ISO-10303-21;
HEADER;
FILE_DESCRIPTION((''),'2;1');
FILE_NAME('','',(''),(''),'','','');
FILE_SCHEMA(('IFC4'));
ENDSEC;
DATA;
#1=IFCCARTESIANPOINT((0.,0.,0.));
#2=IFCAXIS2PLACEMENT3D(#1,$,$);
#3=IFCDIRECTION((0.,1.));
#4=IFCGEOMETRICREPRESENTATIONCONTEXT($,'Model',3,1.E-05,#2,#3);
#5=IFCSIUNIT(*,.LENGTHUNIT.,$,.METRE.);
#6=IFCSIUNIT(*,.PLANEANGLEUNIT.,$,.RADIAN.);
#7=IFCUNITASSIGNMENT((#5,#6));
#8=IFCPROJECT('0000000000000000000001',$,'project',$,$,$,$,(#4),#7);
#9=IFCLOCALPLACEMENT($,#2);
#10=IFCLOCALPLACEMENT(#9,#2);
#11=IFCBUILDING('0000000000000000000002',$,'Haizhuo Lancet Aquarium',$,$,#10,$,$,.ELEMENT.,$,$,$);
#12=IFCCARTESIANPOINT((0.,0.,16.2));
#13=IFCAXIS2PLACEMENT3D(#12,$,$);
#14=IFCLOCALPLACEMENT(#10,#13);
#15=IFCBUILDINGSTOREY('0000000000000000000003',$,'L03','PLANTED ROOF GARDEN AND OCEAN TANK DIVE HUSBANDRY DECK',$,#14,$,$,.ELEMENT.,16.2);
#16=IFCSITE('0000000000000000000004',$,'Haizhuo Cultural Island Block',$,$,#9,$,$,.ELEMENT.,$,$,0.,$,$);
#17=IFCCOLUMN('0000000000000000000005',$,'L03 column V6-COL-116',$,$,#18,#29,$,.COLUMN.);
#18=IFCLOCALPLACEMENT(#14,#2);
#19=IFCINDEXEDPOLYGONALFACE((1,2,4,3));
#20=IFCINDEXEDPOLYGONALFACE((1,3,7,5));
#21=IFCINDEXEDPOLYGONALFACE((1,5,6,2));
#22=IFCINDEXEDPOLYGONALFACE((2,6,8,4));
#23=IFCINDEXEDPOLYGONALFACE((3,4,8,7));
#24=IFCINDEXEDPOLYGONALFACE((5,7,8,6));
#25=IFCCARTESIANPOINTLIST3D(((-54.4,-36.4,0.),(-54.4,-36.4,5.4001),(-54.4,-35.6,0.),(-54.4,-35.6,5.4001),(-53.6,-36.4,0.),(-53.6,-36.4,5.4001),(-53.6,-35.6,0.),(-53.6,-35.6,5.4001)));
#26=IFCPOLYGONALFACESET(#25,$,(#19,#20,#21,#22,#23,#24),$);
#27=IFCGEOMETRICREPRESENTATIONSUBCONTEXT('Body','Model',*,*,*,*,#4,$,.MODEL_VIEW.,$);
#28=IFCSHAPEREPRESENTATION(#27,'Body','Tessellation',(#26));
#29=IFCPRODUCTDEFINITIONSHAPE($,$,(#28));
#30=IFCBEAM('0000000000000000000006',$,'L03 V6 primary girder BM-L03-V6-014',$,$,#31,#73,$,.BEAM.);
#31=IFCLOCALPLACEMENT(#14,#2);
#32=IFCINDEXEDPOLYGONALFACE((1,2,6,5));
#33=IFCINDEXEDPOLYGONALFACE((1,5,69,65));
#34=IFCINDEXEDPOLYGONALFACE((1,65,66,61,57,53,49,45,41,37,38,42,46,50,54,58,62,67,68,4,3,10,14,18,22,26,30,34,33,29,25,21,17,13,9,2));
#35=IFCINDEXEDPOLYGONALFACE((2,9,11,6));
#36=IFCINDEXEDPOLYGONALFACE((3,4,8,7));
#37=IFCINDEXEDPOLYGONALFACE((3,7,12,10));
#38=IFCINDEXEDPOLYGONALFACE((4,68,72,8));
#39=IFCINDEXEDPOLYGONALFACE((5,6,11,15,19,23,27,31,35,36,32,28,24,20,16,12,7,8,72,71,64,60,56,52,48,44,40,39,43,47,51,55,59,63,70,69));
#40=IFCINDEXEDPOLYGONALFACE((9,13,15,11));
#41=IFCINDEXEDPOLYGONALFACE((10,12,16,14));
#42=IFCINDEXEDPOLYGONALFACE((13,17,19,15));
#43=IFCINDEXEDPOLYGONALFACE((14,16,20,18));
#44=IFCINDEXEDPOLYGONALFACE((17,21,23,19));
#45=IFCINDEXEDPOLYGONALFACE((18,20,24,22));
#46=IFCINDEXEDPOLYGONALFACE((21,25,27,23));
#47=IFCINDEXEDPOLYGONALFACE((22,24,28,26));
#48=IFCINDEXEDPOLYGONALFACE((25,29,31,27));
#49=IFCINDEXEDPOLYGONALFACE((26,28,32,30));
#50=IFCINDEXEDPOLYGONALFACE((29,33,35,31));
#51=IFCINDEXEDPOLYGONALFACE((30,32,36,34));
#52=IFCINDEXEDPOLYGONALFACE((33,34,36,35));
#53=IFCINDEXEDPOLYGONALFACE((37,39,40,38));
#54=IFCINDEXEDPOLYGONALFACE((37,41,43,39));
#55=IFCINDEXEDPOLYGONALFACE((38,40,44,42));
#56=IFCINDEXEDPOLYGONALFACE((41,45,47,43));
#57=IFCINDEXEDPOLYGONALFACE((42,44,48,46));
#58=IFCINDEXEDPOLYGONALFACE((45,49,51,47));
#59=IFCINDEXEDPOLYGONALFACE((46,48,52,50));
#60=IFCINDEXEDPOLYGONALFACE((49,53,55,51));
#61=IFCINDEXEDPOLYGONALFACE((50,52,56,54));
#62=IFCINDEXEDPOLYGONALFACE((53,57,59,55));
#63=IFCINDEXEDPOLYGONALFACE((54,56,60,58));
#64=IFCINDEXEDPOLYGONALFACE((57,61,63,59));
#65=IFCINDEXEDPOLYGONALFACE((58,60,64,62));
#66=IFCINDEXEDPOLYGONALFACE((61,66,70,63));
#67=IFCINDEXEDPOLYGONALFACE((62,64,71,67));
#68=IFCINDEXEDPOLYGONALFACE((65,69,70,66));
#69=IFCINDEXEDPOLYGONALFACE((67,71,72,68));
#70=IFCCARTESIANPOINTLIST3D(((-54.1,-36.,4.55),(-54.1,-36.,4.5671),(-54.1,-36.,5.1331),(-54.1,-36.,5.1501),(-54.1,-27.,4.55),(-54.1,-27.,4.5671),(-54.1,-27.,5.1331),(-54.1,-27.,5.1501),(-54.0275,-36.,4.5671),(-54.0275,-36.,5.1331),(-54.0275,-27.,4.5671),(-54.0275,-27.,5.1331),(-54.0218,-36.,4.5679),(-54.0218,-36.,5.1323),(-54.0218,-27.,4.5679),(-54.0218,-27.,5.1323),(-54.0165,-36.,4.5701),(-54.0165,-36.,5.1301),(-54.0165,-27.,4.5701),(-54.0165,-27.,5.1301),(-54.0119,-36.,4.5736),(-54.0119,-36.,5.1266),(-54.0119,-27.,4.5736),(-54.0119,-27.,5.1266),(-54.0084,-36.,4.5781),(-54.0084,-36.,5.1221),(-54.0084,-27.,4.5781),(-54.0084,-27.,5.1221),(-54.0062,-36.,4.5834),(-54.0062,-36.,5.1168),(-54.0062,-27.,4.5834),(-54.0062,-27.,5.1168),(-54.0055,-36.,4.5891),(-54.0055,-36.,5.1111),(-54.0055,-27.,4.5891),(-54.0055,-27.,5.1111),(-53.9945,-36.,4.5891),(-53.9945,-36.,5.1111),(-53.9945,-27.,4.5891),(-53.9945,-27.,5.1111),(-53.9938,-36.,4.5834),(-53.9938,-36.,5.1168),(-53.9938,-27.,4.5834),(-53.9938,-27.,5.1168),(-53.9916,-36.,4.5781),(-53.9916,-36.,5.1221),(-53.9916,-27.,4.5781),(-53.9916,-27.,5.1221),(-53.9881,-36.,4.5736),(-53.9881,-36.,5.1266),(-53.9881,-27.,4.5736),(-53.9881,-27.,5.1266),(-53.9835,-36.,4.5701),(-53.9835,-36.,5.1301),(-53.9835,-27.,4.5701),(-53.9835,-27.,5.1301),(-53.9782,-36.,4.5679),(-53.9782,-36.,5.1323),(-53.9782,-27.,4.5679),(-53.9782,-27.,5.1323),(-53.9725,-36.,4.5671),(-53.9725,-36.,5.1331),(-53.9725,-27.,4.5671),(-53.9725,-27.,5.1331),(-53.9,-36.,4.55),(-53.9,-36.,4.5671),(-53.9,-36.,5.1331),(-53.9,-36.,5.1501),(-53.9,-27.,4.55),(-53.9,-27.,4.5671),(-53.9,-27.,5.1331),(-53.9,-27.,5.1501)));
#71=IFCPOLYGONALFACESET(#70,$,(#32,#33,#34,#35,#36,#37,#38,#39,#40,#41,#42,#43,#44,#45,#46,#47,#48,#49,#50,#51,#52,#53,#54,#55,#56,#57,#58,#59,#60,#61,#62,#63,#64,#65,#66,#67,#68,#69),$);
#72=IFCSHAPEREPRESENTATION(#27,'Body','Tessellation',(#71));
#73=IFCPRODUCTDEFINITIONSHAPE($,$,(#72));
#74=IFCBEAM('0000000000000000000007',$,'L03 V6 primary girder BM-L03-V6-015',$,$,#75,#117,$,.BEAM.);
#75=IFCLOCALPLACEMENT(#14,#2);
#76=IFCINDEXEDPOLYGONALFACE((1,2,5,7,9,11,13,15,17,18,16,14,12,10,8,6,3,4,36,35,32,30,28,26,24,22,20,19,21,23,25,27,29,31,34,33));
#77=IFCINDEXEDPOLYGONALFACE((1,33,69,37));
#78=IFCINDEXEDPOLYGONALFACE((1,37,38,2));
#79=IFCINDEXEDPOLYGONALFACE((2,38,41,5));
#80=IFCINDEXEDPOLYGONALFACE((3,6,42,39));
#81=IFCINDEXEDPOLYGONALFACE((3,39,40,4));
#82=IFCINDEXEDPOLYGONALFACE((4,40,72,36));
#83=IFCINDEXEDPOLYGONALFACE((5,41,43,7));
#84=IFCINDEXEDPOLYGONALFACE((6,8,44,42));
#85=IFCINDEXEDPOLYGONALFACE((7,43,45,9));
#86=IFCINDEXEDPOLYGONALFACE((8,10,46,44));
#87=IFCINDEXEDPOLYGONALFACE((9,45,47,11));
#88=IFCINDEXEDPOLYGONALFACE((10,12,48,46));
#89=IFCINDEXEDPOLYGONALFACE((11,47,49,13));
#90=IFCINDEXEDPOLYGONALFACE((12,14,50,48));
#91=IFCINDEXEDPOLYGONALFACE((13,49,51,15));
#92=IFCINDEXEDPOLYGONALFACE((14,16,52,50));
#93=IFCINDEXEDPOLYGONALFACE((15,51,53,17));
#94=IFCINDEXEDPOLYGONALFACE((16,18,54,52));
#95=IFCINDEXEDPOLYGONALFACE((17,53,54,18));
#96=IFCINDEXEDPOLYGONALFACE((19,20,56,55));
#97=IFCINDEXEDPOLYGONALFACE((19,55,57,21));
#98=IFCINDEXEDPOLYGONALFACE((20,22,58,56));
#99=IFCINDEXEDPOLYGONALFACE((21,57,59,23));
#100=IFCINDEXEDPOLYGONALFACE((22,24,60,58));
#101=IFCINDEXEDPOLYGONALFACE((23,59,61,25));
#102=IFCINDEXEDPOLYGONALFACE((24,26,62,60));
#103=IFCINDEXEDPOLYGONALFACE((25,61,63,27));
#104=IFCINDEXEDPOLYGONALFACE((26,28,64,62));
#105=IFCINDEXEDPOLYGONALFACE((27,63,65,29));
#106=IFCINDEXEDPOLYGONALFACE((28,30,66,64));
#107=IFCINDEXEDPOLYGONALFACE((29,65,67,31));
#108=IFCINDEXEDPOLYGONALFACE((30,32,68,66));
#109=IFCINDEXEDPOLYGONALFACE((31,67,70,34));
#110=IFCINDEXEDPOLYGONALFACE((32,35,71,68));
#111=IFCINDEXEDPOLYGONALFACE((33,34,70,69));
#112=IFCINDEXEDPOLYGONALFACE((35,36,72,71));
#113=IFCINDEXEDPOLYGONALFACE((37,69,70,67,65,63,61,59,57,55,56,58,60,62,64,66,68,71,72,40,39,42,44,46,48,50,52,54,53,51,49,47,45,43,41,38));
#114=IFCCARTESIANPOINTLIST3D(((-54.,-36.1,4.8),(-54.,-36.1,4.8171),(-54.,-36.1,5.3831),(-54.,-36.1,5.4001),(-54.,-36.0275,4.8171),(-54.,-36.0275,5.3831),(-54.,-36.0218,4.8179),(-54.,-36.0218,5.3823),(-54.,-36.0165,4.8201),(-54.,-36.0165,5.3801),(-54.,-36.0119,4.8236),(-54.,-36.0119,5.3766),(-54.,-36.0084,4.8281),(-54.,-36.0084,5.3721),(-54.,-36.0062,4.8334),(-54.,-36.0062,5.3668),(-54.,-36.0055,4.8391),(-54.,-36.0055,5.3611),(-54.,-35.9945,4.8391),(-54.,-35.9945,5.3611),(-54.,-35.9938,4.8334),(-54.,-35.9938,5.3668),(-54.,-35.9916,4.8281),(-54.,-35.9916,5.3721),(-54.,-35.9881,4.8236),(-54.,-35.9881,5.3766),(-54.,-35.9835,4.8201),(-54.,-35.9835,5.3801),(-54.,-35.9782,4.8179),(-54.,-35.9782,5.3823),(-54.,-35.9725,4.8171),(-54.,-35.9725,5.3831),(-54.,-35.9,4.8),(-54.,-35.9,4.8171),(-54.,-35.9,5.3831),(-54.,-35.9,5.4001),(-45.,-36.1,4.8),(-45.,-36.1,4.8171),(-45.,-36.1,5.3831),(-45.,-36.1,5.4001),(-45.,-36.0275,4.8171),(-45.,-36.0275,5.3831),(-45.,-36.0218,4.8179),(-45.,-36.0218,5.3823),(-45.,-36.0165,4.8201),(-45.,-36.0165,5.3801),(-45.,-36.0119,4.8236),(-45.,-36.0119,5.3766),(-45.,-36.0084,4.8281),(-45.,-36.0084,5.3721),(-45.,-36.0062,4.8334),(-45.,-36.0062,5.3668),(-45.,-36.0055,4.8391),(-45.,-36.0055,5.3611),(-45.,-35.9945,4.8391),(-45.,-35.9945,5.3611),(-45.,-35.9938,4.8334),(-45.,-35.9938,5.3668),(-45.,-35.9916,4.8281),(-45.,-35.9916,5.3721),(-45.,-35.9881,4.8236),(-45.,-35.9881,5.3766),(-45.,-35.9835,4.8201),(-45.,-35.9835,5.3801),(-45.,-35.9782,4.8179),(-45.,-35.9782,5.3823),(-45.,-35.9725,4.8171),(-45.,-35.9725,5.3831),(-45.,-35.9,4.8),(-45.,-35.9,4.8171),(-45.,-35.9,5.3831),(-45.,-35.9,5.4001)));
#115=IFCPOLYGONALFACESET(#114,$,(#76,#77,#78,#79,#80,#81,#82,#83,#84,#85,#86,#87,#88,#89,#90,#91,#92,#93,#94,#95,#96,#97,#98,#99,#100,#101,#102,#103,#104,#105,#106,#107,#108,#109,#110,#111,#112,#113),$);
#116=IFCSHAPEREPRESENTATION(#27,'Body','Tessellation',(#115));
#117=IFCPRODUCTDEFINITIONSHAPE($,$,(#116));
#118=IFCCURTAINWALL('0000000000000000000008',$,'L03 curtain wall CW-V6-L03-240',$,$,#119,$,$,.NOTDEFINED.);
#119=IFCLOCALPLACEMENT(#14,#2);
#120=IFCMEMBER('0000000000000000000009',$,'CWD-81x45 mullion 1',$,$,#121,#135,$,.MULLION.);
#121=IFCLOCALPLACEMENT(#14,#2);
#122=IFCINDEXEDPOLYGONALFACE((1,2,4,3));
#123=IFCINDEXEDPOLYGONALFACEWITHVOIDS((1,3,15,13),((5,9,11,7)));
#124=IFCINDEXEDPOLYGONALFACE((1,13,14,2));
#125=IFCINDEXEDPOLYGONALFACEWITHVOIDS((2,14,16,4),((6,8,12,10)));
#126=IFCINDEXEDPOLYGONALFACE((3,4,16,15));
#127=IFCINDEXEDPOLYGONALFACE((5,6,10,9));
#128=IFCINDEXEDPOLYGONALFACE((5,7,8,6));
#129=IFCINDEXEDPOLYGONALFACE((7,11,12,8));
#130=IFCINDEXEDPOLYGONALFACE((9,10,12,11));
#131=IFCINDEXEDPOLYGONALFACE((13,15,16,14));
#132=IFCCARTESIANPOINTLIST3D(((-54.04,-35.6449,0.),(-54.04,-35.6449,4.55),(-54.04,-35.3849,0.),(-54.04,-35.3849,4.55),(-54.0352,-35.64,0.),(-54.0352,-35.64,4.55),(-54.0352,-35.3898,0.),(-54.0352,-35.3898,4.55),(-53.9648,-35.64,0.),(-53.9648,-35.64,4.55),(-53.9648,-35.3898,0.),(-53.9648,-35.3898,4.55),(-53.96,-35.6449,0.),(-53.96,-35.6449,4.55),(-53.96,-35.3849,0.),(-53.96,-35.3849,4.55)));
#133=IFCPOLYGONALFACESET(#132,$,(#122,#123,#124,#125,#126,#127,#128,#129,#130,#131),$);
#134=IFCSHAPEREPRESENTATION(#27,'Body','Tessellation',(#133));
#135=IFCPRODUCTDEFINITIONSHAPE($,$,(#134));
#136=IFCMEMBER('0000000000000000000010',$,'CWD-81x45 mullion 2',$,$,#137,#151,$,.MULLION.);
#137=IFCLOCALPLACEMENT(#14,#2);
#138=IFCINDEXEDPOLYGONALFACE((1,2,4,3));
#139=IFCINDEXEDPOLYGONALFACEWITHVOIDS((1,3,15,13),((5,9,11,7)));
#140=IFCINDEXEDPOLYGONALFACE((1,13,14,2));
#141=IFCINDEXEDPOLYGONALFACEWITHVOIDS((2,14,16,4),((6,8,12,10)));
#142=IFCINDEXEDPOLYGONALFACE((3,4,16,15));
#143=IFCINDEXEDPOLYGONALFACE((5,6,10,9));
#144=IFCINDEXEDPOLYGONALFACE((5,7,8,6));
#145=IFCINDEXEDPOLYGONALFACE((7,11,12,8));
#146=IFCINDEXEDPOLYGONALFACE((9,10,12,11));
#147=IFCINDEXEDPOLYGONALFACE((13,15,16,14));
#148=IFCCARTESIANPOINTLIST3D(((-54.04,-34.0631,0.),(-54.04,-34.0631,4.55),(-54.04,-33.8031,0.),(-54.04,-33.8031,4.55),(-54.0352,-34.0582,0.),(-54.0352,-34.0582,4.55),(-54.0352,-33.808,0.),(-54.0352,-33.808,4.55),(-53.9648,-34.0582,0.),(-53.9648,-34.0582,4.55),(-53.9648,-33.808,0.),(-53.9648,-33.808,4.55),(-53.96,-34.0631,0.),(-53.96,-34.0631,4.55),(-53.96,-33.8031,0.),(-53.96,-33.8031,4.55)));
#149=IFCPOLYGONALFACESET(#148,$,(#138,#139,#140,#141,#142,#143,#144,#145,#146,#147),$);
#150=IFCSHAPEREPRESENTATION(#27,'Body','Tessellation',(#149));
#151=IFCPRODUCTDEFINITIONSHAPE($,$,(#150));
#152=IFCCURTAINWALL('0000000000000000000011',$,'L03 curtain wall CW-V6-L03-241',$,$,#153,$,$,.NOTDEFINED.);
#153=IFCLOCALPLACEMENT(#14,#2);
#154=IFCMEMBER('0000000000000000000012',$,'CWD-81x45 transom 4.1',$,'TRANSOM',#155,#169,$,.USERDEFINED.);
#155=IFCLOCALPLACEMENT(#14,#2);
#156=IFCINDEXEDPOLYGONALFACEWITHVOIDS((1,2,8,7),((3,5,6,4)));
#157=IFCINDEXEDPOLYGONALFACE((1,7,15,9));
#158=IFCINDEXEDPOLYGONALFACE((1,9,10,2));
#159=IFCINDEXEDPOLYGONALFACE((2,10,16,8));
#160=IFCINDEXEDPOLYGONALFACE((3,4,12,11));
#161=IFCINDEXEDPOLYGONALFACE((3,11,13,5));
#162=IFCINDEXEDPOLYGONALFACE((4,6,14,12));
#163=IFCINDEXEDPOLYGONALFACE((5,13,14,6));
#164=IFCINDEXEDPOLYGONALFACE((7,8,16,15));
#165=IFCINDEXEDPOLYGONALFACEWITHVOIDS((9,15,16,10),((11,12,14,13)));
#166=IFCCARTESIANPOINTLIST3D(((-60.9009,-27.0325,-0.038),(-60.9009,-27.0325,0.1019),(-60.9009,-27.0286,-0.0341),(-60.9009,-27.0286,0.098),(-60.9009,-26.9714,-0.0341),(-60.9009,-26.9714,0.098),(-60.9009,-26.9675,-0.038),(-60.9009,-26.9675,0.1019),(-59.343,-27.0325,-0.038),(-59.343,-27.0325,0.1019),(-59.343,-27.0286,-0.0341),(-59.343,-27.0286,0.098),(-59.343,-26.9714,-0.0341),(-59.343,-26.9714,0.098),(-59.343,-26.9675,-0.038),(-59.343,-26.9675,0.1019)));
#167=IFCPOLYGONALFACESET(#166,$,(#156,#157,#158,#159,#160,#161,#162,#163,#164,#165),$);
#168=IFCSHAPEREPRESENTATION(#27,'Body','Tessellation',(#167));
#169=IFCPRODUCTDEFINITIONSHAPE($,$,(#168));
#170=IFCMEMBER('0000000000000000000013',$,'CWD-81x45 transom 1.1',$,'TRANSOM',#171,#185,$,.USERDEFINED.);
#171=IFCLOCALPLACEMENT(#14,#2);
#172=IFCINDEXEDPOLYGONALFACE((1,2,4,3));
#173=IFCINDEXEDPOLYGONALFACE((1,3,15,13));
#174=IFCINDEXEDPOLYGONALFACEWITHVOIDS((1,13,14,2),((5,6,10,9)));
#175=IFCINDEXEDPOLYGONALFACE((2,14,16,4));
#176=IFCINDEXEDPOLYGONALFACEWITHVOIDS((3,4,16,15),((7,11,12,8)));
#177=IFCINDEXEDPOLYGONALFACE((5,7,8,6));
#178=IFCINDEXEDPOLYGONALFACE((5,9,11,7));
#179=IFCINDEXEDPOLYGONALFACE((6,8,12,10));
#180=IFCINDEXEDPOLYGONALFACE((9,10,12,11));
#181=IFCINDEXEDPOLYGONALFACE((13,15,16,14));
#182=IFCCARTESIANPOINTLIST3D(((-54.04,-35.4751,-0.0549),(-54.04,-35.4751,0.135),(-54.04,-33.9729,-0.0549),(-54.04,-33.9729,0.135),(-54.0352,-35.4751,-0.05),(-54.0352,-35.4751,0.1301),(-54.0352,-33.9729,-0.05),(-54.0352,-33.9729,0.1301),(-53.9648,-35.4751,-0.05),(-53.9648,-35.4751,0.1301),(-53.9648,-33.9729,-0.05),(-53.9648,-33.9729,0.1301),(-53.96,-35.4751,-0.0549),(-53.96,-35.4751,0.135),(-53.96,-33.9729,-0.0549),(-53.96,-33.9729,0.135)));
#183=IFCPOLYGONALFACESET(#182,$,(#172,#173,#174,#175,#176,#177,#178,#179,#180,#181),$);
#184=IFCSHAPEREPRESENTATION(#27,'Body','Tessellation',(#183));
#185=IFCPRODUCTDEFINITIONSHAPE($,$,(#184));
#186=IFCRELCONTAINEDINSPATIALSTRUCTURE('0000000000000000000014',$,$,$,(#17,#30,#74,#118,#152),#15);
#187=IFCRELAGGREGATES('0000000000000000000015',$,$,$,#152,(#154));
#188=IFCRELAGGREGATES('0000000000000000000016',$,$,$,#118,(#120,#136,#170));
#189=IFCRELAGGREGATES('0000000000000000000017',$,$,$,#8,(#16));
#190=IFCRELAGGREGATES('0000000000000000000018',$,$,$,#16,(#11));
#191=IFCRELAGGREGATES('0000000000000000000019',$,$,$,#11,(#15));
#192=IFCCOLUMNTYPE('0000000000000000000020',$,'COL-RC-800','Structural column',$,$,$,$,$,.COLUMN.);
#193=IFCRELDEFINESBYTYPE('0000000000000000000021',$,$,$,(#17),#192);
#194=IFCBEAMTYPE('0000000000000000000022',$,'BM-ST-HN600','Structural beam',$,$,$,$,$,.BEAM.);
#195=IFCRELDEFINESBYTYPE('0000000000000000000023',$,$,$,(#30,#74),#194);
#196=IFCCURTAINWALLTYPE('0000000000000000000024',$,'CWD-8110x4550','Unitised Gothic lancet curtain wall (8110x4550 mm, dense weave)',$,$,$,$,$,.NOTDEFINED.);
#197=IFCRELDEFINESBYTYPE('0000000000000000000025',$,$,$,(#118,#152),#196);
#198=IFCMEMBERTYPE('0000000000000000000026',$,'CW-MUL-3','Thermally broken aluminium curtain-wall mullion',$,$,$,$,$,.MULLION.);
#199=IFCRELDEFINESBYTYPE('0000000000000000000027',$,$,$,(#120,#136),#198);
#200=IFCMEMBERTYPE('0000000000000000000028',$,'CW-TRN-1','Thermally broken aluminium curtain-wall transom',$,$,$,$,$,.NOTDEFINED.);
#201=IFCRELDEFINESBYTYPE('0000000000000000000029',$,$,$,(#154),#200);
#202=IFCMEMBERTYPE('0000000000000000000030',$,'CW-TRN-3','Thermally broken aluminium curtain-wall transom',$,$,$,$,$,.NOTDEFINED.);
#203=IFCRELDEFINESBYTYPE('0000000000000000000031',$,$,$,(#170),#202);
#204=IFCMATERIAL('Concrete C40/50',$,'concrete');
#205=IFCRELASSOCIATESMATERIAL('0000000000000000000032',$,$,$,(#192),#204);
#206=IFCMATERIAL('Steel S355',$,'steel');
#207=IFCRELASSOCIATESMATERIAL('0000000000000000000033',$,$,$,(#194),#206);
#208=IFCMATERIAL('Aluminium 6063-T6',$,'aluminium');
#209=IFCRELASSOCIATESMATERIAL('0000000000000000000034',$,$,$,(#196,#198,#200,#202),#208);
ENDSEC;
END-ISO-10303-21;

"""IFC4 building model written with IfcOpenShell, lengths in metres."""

from ifc_helpers import new_model, si_unit, direction, frame, origin, origin_2d, place, context, subcontext, project, spatial, rectangle, hollow_rectangle, i_section, extrude, material, material_profile, profile_set, type_object, element, aggregate, save


model = new_model("IFC4")

# Units and contexts
model_context = context("Model", 3, precision=1e-05, world=origin(), true_north=direction((0.0, 1.0)))
body_context = subcontext(model_context, "Body", "Model", "MODEL_VIEW")
ifc_project = project(units=[si_unit("LENGTHUNIT", "METRE"), si_unit("PLANEANGLEUNIT", "RADIAN")], contexts=[model_context])

# Site, building, storey
site_placement = place(None, origin())
site = spatial("IfcSite", under=ifc_project, at=site_placement, Name="Haizhuo Cultural Island Block", CompositionType="ELEMENT", RefElevation=0.0)
building_placement = place(site_placement, origin())
building = spatial("IfcBuilding", under=site, at=building_placement, Name="Haizhuo Lancet Aquarium", CompositionType="ELEMENT")
storey_placement = place(building_placement, frame((0.0, 0.0, 16.2)))
storey = spatial("IfcBuildingStorey", under=building, at=storey_placement, Name="L03", Description="PLANTED ROOF GARDEN AND OCEAN TANK DIVE HUSBANDRY DECK", CompositionType="ELEMENT", Elevation=16.2)

# Column
ifc_material_1 = material(Name="Concrete C40/50", Category="concrete")
ifc_material_profile_1 = material_profile(ifc_material_1, rectangle(XDim=0.8, YDim=0.8, at=origin_2d()), Name="RC-COL 800x800")
ifc_profile_set_1 = profile_set([ifc_material_profile_1], Name="Concrete C40/50")
column_type = type_object("IfcColumnType", Name="COL-RC-800", Description="Structural column", PredefinedType="COLUMN", material=ifc_profile_set_1)
column_placement = place(storey_placement, frame((-54.0, -36.0, 0.0), z_axis=(0.0, 0.0, 1.0), x_axis=(1.0, 0.0, 0.0)))
element("IfcColumn", 1, at=column_placement, inside=storey, type_object=column_type, Name="L03 column V6-COL-116", PredefinedType="COLUMN", context=body_context, shape_type="SweptSolid", body=[
    extrude(rectangle(XDim=0.8, YDim=0.8, at=origin_2d()), origin(), (0.0, 0.0, 1.0), 5.4001),
])

# Beams
ifc_material_2 = material(Name="Steel S355", Category="steel")
ifc_material_profile_2 = material_profile(ifc_material_2, i_section(OverallWidth=0.2, OverallDepth=0.6001, WebThickness=0.011, FlangeThickness=0.0171, FilletRadius=0.022, at=origin_2d()), Name="HN 600x200x11x17")
ifc_profile_set_2 = profile_set([ifc_material_profile_2], Name="Steel S355")
beam_type = type_object("IfcBeamType", Name="BM-ST-HN600", Description="Structural beam", PredefinedType="BEAM", material=ifc_profile_set_2)
for number, where, z_axis, x_axis, name in (
    (2, (-54.0, -36.0, 4.8501), (0.0, 1.0, 0.0), (-1.0, 0.0, 0.0), "L03 V6 primary girder BM-L03-V6-014"),
    (3, (-54.0, -36.0, 5.1001), (1.0, 0.0, 0.0), (0.0, 1.0, 0.0), "L03 V6 primary girder BM-L03-V6-015"),
):
    element("IfcBeam", number, at=place(storey_placement, frame(where, z_axis=z_axis, x_axis=x_axis)), inside=storey, type_object=beam_type, Name=name, PredefinedType="BEAM", context=body_context, shape_type="SweptSolid", body=[
        extrude(i_section(OverallWidth=0.2, OverallDepth=0.6001, WebThickness=0.011, FlangeThickness=0.0171, FilletRadius=0.022, at=origin_2d()), origin(), (0.0, 0.0, 1.0), 9.0),
    ])

# Curtain wall, members
ifc_material_3 = material(Name="Aluminium 6063-T6", Category="aluminium")
curtain_wall_type = type_object("IfcCurtainWallType", Name="CWD-8110x4550", Description="Unitised Gothic lancet curtain wall (8110x4550 mm, dense weave)", PredefinedType="NOTDEFINED", material=ifc_material_3)
curtain_wall_1_placement = place(storey_placement, origin())
curtain_wall_1 = element("IfcCurtainWall", 4, at=curtain_wall_1_placement, inside=storey, type_object=curtain_wall_type, Name="L03 curtain wall CW-V6-L03-240", PredefinedType="NOTDEFINED")
ifc_material_profile_3 = material_profile(ifc_material_3, hollow_rectangle(XDim=0.0801, YDim=0.26, WallThickness=0.0049, at=origin_2d()), Name="ALU-M 80x260x5")
ifc_profile_set_3 = profile_set([ifc_material_profile_3], Name="Aluminium 6063-T6")
member_type_1 = type_object("IfcMemberType", Name="CW-MUL-3", Description="Thermally broken aluminium curtain-wall mullion", PredefinedType="MULLION", material=ifc_profile_set_3)
member_1_placement = place(storey_placement, frame((-54.0, -35.5149, 0.0), z_axis=(0.0, 0.0, 1.0), x_axis=(-1.0, 0.0, 0.0)))
member_1 = element("IfcMember", 5, at=member_1_placement, type_object=member_type_1, Name="CWD-81x45 mullion 1", PredefinedType="MULLION", context=body_context, shape_type="SweptSolid", body=[
    extrude(hollow_rectangle(XDim=0.0801, YDim=0.26, WallThickness=0.0049, at=origin_2d()), origin(), (0.0, 0.0, 1.0), 4.55),
])
member_2_placement = place(storey_placement, frame((-54.0, -33.9331, 0.0), z_axis=(0.0, 0.0, 1.0), x_axis=(-1.0, 0.0, 0.0)))
member_2 = element("IfcMember", 6, at=member_2_placement, type_object=member_type_1, Name="CWD-81x45 mullion 2", PredefinedType="MULLION", context=body_context, shape_type="SweptSolid", body=[
    extrude(hollow_rectangle(XDim=0.0801, YDim=0.26, WallThickness=0.0049, at=origin_2d()), origin(), (0.0, 0.0, 1.0), 4.55),
])

# Curtain wall, member
curtain_wall_2_placement = place(storey_placement, origin())
curtain_wall_2 = element("IfcCurtainWall", 7, at=curtain_wall_2_placement, inside=storey, type_object=curtain_wall_type, Name="L03 curtain wall CW-V6-L03-241", PredefinedType="NOTDEFINED")
ifc_material_profile_4 = material_profile(ifc_material_3, hollow_rectangle(XDim=0.0649, YDim=0.1399, WallThickness=0.0039, at=origin_2d()), Name="ALU-T 65x140x4")
ifc_profile_set_4 = profile_set([ifc_material_profile_4], Name="Aluminium 6063-T6")
member_type_2 = type_object("IfcMemberType", Name="CW-TRN-1", Description="Thermally broken aluminium curtain-wall transom", PredefinedType="NOTDEFINED", material=ifc_profile_set_4)
member_3_placement = place(storey_placement, frame((-59.343, -27.0, 0.032), z_axis=(-1.0, 0.0, 0.0), x_axis=(0.0, -1.0, 0.0)))
member_3 = element("IfcMember", 8, at=member_3_placement, type_object=member_type_2, Name="CWD-81x45 transom 4.1", ObjectType="TRANSOM", PredefinedType="USERDEFINED", context=body_context, shape_type="SweptSolid", body=[
    extrude(hollow_rectangle(XDim=0.0649, YDim=0.1399, WallThickness=0.0039, at=origin_2d()), origin(), (0.0, 0.0, 1.0), 1.5579),
])

# Member
ifc_material_profile_5 = material_profile(ifc_material_3, hollow_rectangle(XDim=0.0801, YDim=0.1899, WallThickness=0.0049, at=origin_2d()), Name="ALU-T 80x190x5")
ifc_profile_set_5 = profile_set([ifc_material_profile_5], Name="Aluminium 6063-T6")
member_type_3 = type_object("IfcMemberType", Name="CW-TRN-3", Description="Thermally broken aluminium curtain-wall transom", PredefinedType="NOTDEFINED", material=ifc_profile_set_5)
member_4_placement = place(storey_placement, frame((-54.0, -35.4751, 0.04), z_axis=(0.0, 1.0, 0.0), x_axis=(-1.0, 0.0, 0.0)))
member_4 = element("IfcMember", 9, at=member_4_placement, type_object=member_type_3, Name="CWD-81x45 transom 1.1", ObjectType="TRANSOM", PredefinedType="USERDEFINED", context=body_context, shape_type="SweptSolid", body=[
    extrude(hollow_rectangle(XDim=0.0801, YDim=0.1899, WallThickness=0.0049, at=origin_2d()), origin(), (0.0, 0.0, 1.0), 1.5022),
])

aggregate(curtain_wall_2, [member_3])
aggregate(curtain_wall_1, [member_1, member_2, member_4])

save(model, "model.ifc")
